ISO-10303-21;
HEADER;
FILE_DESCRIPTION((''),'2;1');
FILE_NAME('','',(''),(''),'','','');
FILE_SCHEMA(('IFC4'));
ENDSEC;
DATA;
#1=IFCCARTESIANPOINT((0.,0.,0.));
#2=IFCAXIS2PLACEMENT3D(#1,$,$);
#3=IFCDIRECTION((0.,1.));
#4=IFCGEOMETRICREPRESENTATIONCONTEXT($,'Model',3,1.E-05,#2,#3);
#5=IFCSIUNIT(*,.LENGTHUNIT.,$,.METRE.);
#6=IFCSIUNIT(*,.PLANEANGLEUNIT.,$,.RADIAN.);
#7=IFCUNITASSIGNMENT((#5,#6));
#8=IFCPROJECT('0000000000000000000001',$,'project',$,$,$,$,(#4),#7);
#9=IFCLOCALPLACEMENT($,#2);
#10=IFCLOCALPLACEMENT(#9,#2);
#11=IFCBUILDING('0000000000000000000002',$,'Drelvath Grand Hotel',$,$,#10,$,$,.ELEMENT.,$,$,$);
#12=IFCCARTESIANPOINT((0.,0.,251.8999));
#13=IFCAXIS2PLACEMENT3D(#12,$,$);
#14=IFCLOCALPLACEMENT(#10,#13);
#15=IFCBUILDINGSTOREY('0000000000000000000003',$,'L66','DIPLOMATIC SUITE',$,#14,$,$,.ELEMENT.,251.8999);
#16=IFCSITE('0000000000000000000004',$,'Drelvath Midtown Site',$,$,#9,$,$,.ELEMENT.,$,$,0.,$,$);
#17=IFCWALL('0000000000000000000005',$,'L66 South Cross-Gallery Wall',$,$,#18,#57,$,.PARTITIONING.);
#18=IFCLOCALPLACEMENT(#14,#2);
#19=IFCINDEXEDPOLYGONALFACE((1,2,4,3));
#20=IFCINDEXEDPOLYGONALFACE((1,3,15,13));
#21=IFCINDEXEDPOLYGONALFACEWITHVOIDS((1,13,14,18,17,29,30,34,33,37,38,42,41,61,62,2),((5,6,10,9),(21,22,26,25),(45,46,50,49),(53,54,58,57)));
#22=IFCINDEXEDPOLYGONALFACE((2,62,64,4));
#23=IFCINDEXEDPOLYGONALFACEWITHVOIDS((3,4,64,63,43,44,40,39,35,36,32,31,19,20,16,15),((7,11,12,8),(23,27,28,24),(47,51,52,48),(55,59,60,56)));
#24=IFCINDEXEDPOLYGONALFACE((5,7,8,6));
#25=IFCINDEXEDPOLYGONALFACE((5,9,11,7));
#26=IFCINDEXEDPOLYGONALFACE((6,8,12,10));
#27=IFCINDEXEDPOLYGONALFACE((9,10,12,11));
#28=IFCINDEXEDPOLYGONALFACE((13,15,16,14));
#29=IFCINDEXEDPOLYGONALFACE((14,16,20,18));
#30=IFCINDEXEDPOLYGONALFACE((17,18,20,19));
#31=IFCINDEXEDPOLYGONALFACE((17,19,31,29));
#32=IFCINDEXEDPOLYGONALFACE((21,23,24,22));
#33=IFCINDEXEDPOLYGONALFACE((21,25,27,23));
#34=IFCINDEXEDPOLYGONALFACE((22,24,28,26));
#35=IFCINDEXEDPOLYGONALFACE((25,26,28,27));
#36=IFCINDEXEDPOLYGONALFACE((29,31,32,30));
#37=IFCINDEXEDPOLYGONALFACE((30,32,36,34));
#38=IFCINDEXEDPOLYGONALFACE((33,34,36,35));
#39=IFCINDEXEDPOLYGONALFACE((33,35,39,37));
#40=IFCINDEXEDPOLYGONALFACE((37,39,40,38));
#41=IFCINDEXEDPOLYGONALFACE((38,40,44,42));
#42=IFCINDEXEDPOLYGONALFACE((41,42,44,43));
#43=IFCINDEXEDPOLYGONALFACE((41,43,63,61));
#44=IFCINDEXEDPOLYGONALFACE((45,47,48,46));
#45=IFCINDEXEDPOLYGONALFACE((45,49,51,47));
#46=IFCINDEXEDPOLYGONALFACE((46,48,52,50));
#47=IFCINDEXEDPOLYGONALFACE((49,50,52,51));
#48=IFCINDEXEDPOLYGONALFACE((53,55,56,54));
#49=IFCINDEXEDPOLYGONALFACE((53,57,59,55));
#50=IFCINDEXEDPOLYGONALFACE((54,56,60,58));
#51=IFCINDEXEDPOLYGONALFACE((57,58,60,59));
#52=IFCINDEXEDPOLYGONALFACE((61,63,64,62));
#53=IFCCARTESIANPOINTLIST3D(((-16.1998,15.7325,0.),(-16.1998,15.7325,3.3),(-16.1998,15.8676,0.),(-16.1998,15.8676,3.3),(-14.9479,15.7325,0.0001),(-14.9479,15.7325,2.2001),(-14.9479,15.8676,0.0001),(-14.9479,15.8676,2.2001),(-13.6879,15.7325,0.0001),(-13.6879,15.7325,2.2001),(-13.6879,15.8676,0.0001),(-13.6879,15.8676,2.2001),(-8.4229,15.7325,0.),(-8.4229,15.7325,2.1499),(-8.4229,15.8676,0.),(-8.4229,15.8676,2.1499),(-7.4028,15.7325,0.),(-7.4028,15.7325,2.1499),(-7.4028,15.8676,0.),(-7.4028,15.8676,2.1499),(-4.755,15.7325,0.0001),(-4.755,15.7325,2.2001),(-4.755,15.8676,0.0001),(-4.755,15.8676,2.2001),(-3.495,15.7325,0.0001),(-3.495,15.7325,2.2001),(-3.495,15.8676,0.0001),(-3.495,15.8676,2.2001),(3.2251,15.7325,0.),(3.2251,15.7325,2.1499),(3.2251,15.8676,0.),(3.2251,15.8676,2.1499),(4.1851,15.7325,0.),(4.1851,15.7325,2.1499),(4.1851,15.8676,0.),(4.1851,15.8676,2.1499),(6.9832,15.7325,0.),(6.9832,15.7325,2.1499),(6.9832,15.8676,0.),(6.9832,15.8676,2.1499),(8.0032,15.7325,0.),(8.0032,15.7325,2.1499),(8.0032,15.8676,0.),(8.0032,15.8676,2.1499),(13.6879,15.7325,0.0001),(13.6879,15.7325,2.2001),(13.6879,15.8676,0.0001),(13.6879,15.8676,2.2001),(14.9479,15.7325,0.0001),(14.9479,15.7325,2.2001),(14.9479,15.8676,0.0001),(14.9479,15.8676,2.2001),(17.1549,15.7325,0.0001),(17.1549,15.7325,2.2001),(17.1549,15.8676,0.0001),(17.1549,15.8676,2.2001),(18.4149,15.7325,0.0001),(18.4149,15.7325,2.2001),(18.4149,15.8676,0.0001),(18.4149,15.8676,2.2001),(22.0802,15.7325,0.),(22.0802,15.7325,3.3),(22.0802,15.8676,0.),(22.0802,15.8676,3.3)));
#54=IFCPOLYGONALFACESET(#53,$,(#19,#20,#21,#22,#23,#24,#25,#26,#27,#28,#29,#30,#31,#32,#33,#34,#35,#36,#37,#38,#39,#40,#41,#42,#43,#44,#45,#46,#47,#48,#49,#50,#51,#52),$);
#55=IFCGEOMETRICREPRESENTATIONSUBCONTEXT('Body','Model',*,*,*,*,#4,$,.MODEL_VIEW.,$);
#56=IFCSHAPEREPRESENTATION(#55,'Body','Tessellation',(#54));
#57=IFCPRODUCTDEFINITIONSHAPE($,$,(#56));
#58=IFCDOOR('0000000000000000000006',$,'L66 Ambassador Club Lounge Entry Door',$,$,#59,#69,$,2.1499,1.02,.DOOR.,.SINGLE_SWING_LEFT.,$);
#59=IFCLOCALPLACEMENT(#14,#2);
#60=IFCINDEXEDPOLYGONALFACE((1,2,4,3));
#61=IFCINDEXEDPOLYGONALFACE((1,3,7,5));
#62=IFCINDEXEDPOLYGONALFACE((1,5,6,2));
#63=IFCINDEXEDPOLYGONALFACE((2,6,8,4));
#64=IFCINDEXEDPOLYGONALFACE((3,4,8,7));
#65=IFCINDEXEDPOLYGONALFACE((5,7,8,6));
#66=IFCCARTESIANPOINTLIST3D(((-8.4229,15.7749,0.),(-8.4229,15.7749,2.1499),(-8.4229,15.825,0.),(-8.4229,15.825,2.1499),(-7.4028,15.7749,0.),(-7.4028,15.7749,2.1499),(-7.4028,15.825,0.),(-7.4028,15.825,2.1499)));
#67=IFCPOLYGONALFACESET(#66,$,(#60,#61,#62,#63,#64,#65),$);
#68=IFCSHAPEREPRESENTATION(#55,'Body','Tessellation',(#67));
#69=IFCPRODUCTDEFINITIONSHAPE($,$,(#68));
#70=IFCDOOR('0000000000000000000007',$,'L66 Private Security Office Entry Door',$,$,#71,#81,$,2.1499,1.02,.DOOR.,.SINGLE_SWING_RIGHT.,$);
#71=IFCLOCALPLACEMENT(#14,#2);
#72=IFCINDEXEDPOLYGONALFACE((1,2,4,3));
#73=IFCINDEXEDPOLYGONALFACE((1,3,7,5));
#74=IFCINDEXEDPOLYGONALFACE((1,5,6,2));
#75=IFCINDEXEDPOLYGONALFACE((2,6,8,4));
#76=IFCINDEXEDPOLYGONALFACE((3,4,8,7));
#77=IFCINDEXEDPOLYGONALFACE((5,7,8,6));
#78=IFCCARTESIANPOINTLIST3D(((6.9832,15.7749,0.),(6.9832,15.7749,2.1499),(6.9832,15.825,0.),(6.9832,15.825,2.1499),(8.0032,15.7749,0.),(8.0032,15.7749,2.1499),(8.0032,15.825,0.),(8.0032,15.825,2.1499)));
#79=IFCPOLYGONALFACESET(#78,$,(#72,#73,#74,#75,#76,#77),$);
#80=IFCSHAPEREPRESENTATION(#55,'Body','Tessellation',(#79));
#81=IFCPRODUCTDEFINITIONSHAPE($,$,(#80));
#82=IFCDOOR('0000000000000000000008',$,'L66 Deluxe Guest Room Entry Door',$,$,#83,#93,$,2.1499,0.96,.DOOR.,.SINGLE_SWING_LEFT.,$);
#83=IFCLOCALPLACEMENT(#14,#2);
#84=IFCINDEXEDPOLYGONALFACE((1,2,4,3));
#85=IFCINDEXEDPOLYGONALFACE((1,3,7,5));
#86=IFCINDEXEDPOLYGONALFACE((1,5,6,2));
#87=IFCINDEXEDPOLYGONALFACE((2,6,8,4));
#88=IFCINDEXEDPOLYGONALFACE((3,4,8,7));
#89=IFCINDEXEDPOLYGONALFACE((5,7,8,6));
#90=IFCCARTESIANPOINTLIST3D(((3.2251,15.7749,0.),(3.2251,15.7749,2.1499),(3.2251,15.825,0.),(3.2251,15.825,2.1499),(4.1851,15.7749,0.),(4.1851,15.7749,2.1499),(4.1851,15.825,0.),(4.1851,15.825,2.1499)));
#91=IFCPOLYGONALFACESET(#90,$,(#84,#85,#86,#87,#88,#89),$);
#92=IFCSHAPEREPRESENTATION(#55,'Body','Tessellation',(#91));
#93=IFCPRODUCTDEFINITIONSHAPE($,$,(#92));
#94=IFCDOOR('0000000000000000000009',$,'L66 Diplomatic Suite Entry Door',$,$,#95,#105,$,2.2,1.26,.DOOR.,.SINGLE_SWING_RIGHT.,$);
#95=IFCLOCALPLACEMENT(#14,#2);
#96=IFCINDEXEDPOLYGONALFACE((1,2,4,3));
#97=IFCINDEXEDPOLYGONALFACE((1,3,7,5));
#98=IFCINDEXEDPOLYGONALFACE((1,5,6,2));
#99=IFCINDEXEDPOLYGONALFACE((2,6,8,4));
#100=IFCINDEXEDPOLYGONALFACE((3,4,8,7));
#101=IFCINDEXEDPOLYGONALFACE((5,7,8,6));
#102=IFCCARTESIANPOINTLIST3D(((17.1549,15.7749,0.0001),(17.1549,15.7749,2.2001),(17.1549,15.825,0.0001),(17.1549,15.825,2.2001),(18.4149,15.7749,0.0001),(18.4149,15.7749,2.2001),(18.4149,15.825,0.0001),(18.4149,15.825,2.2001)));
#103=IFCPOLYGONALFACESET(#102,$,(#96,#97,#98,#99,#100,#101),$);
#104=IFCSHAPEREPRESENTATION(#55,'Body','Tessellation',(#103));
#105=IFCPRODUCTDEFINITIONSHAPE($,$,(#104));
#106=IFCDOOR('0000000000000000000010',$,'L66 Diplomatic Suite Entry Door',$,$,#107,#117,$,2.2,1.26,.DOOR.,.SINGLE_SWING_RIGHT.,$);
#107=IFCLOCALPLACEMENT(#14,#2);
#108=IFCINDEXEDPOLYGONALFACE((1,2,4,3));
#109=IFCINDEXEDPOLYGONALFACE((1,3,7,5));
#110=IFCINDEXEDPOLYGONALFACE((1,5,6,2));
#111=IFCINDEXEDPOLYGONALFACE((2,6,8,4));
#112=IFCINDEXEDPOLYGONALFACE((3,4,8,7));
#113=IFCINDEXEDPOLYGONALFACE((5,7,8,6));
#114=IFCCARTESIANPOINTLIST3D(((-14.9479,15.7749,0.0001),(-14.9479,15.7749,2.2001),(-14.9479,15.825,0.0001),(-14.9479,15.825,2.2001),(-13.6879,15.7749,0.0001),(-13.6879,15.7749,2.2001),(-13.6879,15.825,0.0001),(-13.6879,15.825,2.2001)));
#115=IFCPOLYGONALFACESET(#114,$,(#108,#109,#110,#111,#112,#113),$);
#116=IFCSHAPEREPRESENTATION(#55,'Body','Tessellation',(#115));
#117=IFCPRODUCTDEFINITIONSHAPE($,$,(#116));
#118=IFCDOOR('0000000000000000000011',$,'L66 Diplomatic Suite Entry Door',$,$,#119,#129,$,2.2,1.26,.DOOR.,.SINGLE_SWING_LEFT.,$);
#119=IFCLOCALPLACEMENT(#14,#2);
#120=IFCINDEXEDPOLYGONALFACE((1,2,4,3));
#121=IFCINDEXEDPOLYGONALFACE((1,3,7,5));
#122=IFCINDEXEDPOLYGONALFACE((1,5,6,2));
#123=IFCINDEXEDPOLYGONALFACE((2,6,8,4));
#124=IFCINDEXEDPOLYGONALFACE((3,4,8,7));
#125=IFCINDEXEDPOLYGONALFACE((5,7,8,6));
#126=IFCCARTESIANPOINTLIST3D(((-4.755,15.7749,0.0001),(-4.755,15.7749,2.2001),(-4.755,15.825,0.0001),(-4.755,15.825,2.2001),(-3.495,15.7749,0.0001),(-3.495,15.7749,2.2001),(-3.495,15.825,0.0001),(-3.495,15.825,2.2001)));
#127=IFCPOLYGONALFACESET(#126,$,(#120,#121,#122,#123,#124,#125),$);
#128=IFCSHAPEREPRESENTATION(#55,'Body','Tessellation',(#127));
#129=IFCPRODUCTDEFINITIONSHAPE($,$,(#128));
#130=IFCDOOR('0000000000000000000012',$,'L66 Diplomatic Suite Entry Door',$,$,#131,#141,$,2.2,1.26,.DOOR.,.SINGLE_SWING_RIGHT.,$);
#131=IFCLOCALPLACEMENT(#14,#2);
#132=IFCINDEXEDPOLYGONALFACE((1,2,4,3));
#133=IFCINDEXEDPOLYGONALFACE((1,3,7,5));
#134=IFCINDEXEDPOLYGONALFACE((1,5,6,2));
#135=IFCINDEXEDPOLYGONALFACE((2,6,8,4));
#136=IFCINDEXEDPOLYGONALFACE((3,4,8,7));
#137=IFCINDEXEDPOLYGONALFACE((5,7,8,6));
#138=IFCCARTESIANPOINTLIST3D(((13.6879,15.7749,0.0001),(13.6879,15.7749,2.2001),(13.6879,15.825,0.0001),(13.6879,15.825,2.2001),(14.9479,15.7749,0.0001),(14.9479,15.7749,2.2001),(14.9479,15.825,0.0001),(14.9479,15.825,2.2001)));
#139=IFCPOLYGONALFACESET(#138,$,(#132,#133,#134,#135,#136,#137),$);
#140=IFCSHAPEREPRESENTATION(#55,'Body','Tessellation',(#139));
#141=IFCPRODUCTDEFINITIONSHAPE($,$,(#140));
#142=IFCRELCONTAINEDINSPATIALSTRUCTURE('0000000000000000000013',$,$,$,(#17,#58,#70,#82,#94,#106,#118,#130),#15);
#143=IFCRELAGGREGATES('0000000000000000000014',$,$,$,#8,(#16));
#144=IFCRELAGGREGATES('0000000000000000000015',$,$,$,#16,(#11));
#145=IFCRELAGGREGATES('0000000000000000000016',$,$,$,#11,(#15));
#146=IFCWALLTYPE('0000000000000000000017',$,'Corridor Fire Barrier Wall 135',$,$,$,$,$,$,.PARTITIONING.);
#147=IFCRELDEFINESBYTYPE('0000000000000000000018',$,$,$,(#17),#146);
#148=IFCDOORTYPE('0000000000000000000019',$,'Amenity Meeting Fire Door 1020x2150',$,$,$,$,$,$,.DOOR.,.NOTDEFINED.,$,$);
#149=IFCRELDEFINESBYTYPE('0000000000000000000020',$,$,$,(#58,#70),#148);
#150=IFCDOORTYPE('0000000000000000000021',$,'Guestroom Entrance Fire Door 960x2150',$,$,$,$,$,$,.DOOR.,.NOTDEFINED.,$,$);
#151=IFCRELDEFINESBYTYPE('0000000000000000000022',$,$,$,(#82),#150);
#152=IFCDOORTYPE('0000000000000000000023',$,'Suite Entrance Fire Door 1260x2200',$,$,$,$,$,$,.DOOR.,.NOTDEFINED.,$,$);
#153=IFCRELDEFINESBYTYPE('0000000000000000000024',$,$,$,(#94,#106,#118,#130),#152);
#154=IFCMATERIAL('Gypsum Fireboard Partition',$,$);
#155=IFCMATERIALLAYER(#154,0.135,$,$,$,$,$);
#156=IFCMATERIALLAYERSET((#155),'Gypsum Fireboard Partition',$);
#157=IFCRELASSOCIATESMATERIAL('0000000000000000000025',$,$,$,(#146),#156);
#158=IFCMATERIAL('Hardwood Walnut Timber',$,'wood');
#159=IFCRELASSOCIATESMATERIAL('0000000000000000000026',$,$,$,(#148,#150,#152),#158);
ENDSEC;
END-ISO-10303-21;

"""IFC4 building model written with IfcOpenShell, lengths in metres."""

from ifc_helpers import new_model, si_unit, direction, frame, frame_2d, origin, place, context, subcontext, project, spatial, rectangle, extrude, material, layer, layer_set, type_object, element, fill, save


model = new_model("IFC4")

# Units and contexts
model_context = context("Model", 3, precision=1e-05, world=origin(), true_north=direction((0.0, 1.0)))
body_context = subcontext(model_context, "Body", "Model", "MODEL_VIEW")
ifc_project = project(units=[si_unit("LENGTHUNIT", "METRE"), si_unit("PLANEANGLEUNIT", "RADIAN")], contexts=[model_context])

# Site, building, storey
site_placement = place(None, origin())
site = spatial("IfcSite", under=ifc_project, at=site_placement, Name="Drelvath Midtown Site", CompositionType="ELEMENT", RefElevation=0.0)
building_placement = place(site_placement, origin())
building = spatial("IfcBuilding", under=site, at=building_placement, Name="Drelvath Grand Hotel", CompositionType="ELEMENT")
storey_placement = place(building_placement, frame((0.0, 0.0, 251.8999)))
storey = spatial("IfcBuildingStorey", under=building, at=storey_placement, Name="L66", Description="DIPLOMATIC SUITE", CompositionType="ELEMENT", Elevation=251.8999)

# Wall, openings, doors
ifc_material_1 = material(Name="Gypsum Fireboard Partition")
ifc_layer_1 = layer(ifc_material_1, 0.135)
ifc_layer_set_1 = layer_set([ifc_layer_1], Name="Gypsum Fireboard Partition")
wall_type_1 = type_object("IfcWallType", Name="Corridor Fire Barrier Wall 135", PredefinedType="PARTITIONING", material=ifc_layer_set_1)
wall_1_placement = place(storey_placement, frame((-16.2, 15.8, 0.0), z_axis=(0.0, 0.0, 1.0), x_axis=(1.0, 0.0, 0.0)))
wall_1 = element("IfcWall", 1, at=wall_1_placement, inside=storey, type_object=wall_type_1, Name="L66 South Cross-Gallery Wall", PredefinedType="PARTITIONING", context=body_context, shape_type="SweptSolid", body=[
    extrude(rectangle(XDim=38.28, YDim=0.135, at=frame_2d((19.1401, 0.0))), origin(), (0.0, 0.0, 1.0), 3.3),
])
opening_1_placement = place(wall_1_placement, frame((33.355, 0.0, 0.0)))
opening_1 = element("IfcOpeningElement", 2, at=opening_1_placement, cuts=wall_1, PredefinedType="OPENING", context=body_context, shape_type="SweptSolid", body=[
    extrude(rectangle(XDim=1.26, YDim=2.2, at=frame_2d((0.6299, 1.1001))), frame((0.0, 0.0774, 0.0), z_axis=(0.0, -1.0, 0.0), x_axis=(1.0, 0.0, 0.0)), (0.0, 0.0, 1.0), 0.155),
])
opening_2_placement = place(wall_1_placement, frame((1.2522, 0.0, 0.0)))
opening_2 = element("IfcOpeningElement", 3, at=opening_2_placement, cuts=wall_1, PredefinedType="OPENING", context=body_context, shape_type="SweptSolid", body=[
    extrude(rectangle(XDim=1.26, YDim=2.2, at=frame_2d((0.6299, 1.1001))), frame((0.0, 0.0774, 0.0), z_axis=(0.0, -1.0, 0.0), x_axis=(1.0, 0.0, 0.0)), (0.0, 0.0, 1.0), 0.155),
])
opening_3_placement = place(wall_1_placement, frame((7.7771, 0.0, 0.0)))
opening_3 = element("IfcOpeningElement", 4, at=opening_3_placement, cuts=wall_1, PredefinedType="OPENING", context=body_context, shape_type="SweptSolid", body=[
    extrude(rectangle(XDim=1.02, YDim=2.1499, at=frame_2d((0.51, 1.075))), frame((0.0, 0.0774, 0.0), z_axis=(0.0, -1.0, 0.0), x_axis=(1.0, 0.0, 0.0)), (0.0, 0.0, 1.0), 0.155),
])
opening_4_placement = place(wall_1_placement, frame((11.4451, 0.0, 0.0)))
opening_4 = element("IfcOpeningElement", 5, at=opening_4_placement, cuts=wall_1, PredefinedType="OPENING", context=body_context, shape_type="SweptSolid", body=[
    extrude(rectangle(XDim=1.26, YDim=2.2, at=frame_2d((0.6299, 1.1001))), frame((0.0, 0.0774, 0.0), z_axis=(0.0, -1.0, 0.0), x_axis=(1.0, 0.0, 0.0)), (0.0, 0.0, 1.0), 0.155),
])
opening_5_placement = place(wall_1_placement, frame((19.425, 0.0, 0.0)))
opening_5 = element("IfcOpeningElement", 6, at=opening_5_placement, cuts=wall_1, PredefinedType="OPENING", context=body_context, shape_type="SweptSolid", body=[
    extrude(rectangle(XDim=0.96, YDim=2.1499, at=frame_2d((0.48, 1.075))), frame((0.0, 0.0774, 0.0), z_axis=(0.0, -1.0, 0.0), x_axis=(1.0, 0.0, 0.0)), (0.0, 0.0, 1.0), 0.155),
])
opening_6_placement = place(wall_1_placement, frame((23.1831, 0.0, 0.0)))
opening_6 = element("IfcOpeningElement", 7, at=opening_6_placement, cuts=wall_1, PredefinedType="OPENING", context=body_context, shape_type="SweptSolid", body=[
    extrude(rectangle(XDim=1.02, YDim=2.1499, at=frame_2d((0.51, 1.075))), frame((0.0, 0.0774, 0.0), z_axis=(0.0, -1.0, 0.0), x_axis=(1.0, 0.0, 0.0)), (0.0, 0.0, 1.0), 0.155),
])
opening_7_placement = place(wall_1_placement, frame((29.8879, 0.0, 0.0)))
opening_7 = element("IfcOpeningElement", 8, at=opening_7_placement, cuts=wall_1, PredefinedType="OPENING", context=body_context, shape_type="SweptSolid", body=[
    extrude(rectangle(XDim=1.26, YDim=2.2, at=frame_2d((0.6299, 1.1001))), frame((0.0, 0.0774, 0.0), z_axis=(0.0, -1.0, 0.0), x_axis=(1.0, 0.0, 0.0)), (0.0, 0.0, 1.0), 0.155),
])
ifc_material_2 = material(Name="Hardwood Walnut Timber", Category="wood")
door_type_1 = type_object("IfcDoorType", Name="Amenity Meeting Fire Door 1020x2150", OperationType="NOTDEFINED", PredefinedType="DOOR", material=ifc_material_2)
door_1_placement = place(opening_3_placement, origin())
door_1 = element("IfcDoor", 9, at=door_1_placement, inside=storey, type_object=door_type_1, Name="L66 Ambassador Club Lounge Entry Door", OperationType="SINGLE_SWING_LEFT", OverallHeight=2.1499, OverallWidth=1.02, PredefinedType="DOOR", context=body_context, shape_type="SweptSolid", body=[
    extrude(rectangle(XDim=1.02, YDim=2.1499, at=frame_2d((0.51, 1.075))), frame((0.0, 0.0249, 0.0), z_axis=(0.0, -1.0, 0.0), x_axis=(1.0, 0.0, 0.0)), (0.0, 0.0, 1.0), 0.05),
])
fill(opening_3, door_1)
door_2_placement = place(opening_6_placement, origin())
door_2 = element("IfcDoor", 10, at=door_2_placement, inside=storey, type_object=door_type_1, Name="L66 Private Security Office Entry Door", OperationType="SINGLE_SWING_RIGHT", OverallHeight=2.1499, OverallWidth=1.02, PredefinedType="DOOR", context=body_context, shape_type="SweptSolid", body=[
    extrude(rectangle(XDim=1.02, YDim=2.1499, at=frame_2d((0.51, 1.075))), frame((0.0, 0.0249, 0.0), z_axis=(0.0, -1.0, 0.0), x_axis=(1.0, 0.0, 0.0)), (0.0, 0.0, 1.0), 0.05),
])
fill(opening_6, door_2)
door_type_2 = type_object("IfcDoorType", Name="Guestroom Entrance Fire Door 960x2150", OperationType="NOTDEFINED", PredefinedType="DOOR", material=ifc_material_2)
door_3_placement = place(opening_5_placement, origin())
door_3 = element("IfcDoor", 11, at=door_3_placement, inside=storey, type_object=door_type_2, Name="L66 Deluxe Guest Room Entry Door", OperationType="SINGLE_SWING_LEFT", OverallHeight=2.1499, OverallWidth=0.96, PredefinedType="DOOR", context=body_context, shape_type="SweptSolid", body=[
    extrude(rectangle(XDim=0.96, YDim=2.1499, at=frame_2d((0.48, 1.075))), frame((0.0, 0.0249, 0.0), z_axis=(0.0, -1.0, 0.0), x_axis=(1.0, 0.0, 0.0)), (0.0, 0.0, 1.0), 0.05),
])
fill(opening_5, door_3)
door_type_3 = type_object("IfcDoorType", Name="Suite Entrance Fire Door 1260x2200", OperationType="NOTDEFINED", PredefinedType="DOOR", material=ifc_material_2)
door_4_placement = place(opening_1_placement, origin())
door_4 = element("IfcDoor", 12, at=door_4_placement, inside=storey, type_object=door_type_3, Name="L66 Diplomatic Suite Entry Door", OperationType="SINGLE_SWING_RIGHT", OverallHeight=2.2, OverallWidth=1.26, PredefinedType="DOOR", context=body_context, shape_type="SweptSolid", body=[
    extrude(rectangle(XDim=1.26, YDim=2.2, at=frame_2d((0.6299, 1.1001))), frame((0.0, 0.0249, 0.0), z_axis=(0.0, -1.0, 0.0), x_axis=(1.0, 0.0, 0.0)), (0.0, 0.0, 1.0), 0.05),
])
fill(opening_1, door_4)
door_5_placement = place(opening_2_placement, origin())
door_5 = element("IfcDoor", 13, at=door_5_placement, inside=storey, type_object=door_type_3, Name="L66 Diplomatic Suite Entry Door", OperationType="SINGLE_SWING_RIGHT", OverallHeight=2.2, OverallWidth=1.26, PredefinedType="DOOR", context=body_context, shape_type="SweptSolid", body=[
    extrude(rectangle(XDim=1.26, YDim=2.2, at=frame_2d((0.6299, 1.1001))), frame((0.0, 0.0249, 0.0), z_axis=(0.0, -1.0, 0.0), x_axis=(1.0, 0.0, 0.0)), (0.0, 0.0, 1.0), 0.05),
])
fill(opening_2, door_5)
door_6_placement = place(opening_4_placement, origin())
door_6 = element("IfcDoor", 14, at=door_6_placement, inside=storey, type_object=door_type_3, Name="L66 Diplomatic Suite Entry Door", OperationType="SINGLE_SWING_LEFT", OverallHeight=2.2, OverallWidth=1.26, PredefinedType="DOOR", context=body_context, shape_type="SweptSolid", body=[
    extrude(rectangle(XDim=1.26, YDim=2.2, at=frame_2d((0.6299, 1.1001))), frame((0.0, 0.0249, 0.0), z_axis=(0.0, -1.0, 0.0), x_axis=(1.0, 0.0, 0.0)), (0.0, 0.0, 1.0), 0.05),
])
fill(opening_4, door_6)
door_7_placement = place(opening_7_placement, origin())
door_7 = element("IfcDoor", 15, at=door_7_placement, inside=storey, type_object=door_type_3, Name="L66 Diplomatic Suite Entry Door", OperationType="SINGLE_SWING_RIGHT", OverallHeight=2.2, OverallWidth=1.26, PredefinedType="DOOR", context=body_context, shape_type="SweptSolid", body=[
    extrude(rectangle(XDim=1.26, YDim=2.2, at=frame_2d((0.6299, 1.1001))), frame((0.0, 0.0249, 0.0), z_axis=(0.0, -1.0, 0.0), x_axis=(1.0, 0.0, 0.0)), (0.0, 0.0, 1.0), 0.05),
])
fill(opening_7, door_7)

save(model, "model.ifc")
